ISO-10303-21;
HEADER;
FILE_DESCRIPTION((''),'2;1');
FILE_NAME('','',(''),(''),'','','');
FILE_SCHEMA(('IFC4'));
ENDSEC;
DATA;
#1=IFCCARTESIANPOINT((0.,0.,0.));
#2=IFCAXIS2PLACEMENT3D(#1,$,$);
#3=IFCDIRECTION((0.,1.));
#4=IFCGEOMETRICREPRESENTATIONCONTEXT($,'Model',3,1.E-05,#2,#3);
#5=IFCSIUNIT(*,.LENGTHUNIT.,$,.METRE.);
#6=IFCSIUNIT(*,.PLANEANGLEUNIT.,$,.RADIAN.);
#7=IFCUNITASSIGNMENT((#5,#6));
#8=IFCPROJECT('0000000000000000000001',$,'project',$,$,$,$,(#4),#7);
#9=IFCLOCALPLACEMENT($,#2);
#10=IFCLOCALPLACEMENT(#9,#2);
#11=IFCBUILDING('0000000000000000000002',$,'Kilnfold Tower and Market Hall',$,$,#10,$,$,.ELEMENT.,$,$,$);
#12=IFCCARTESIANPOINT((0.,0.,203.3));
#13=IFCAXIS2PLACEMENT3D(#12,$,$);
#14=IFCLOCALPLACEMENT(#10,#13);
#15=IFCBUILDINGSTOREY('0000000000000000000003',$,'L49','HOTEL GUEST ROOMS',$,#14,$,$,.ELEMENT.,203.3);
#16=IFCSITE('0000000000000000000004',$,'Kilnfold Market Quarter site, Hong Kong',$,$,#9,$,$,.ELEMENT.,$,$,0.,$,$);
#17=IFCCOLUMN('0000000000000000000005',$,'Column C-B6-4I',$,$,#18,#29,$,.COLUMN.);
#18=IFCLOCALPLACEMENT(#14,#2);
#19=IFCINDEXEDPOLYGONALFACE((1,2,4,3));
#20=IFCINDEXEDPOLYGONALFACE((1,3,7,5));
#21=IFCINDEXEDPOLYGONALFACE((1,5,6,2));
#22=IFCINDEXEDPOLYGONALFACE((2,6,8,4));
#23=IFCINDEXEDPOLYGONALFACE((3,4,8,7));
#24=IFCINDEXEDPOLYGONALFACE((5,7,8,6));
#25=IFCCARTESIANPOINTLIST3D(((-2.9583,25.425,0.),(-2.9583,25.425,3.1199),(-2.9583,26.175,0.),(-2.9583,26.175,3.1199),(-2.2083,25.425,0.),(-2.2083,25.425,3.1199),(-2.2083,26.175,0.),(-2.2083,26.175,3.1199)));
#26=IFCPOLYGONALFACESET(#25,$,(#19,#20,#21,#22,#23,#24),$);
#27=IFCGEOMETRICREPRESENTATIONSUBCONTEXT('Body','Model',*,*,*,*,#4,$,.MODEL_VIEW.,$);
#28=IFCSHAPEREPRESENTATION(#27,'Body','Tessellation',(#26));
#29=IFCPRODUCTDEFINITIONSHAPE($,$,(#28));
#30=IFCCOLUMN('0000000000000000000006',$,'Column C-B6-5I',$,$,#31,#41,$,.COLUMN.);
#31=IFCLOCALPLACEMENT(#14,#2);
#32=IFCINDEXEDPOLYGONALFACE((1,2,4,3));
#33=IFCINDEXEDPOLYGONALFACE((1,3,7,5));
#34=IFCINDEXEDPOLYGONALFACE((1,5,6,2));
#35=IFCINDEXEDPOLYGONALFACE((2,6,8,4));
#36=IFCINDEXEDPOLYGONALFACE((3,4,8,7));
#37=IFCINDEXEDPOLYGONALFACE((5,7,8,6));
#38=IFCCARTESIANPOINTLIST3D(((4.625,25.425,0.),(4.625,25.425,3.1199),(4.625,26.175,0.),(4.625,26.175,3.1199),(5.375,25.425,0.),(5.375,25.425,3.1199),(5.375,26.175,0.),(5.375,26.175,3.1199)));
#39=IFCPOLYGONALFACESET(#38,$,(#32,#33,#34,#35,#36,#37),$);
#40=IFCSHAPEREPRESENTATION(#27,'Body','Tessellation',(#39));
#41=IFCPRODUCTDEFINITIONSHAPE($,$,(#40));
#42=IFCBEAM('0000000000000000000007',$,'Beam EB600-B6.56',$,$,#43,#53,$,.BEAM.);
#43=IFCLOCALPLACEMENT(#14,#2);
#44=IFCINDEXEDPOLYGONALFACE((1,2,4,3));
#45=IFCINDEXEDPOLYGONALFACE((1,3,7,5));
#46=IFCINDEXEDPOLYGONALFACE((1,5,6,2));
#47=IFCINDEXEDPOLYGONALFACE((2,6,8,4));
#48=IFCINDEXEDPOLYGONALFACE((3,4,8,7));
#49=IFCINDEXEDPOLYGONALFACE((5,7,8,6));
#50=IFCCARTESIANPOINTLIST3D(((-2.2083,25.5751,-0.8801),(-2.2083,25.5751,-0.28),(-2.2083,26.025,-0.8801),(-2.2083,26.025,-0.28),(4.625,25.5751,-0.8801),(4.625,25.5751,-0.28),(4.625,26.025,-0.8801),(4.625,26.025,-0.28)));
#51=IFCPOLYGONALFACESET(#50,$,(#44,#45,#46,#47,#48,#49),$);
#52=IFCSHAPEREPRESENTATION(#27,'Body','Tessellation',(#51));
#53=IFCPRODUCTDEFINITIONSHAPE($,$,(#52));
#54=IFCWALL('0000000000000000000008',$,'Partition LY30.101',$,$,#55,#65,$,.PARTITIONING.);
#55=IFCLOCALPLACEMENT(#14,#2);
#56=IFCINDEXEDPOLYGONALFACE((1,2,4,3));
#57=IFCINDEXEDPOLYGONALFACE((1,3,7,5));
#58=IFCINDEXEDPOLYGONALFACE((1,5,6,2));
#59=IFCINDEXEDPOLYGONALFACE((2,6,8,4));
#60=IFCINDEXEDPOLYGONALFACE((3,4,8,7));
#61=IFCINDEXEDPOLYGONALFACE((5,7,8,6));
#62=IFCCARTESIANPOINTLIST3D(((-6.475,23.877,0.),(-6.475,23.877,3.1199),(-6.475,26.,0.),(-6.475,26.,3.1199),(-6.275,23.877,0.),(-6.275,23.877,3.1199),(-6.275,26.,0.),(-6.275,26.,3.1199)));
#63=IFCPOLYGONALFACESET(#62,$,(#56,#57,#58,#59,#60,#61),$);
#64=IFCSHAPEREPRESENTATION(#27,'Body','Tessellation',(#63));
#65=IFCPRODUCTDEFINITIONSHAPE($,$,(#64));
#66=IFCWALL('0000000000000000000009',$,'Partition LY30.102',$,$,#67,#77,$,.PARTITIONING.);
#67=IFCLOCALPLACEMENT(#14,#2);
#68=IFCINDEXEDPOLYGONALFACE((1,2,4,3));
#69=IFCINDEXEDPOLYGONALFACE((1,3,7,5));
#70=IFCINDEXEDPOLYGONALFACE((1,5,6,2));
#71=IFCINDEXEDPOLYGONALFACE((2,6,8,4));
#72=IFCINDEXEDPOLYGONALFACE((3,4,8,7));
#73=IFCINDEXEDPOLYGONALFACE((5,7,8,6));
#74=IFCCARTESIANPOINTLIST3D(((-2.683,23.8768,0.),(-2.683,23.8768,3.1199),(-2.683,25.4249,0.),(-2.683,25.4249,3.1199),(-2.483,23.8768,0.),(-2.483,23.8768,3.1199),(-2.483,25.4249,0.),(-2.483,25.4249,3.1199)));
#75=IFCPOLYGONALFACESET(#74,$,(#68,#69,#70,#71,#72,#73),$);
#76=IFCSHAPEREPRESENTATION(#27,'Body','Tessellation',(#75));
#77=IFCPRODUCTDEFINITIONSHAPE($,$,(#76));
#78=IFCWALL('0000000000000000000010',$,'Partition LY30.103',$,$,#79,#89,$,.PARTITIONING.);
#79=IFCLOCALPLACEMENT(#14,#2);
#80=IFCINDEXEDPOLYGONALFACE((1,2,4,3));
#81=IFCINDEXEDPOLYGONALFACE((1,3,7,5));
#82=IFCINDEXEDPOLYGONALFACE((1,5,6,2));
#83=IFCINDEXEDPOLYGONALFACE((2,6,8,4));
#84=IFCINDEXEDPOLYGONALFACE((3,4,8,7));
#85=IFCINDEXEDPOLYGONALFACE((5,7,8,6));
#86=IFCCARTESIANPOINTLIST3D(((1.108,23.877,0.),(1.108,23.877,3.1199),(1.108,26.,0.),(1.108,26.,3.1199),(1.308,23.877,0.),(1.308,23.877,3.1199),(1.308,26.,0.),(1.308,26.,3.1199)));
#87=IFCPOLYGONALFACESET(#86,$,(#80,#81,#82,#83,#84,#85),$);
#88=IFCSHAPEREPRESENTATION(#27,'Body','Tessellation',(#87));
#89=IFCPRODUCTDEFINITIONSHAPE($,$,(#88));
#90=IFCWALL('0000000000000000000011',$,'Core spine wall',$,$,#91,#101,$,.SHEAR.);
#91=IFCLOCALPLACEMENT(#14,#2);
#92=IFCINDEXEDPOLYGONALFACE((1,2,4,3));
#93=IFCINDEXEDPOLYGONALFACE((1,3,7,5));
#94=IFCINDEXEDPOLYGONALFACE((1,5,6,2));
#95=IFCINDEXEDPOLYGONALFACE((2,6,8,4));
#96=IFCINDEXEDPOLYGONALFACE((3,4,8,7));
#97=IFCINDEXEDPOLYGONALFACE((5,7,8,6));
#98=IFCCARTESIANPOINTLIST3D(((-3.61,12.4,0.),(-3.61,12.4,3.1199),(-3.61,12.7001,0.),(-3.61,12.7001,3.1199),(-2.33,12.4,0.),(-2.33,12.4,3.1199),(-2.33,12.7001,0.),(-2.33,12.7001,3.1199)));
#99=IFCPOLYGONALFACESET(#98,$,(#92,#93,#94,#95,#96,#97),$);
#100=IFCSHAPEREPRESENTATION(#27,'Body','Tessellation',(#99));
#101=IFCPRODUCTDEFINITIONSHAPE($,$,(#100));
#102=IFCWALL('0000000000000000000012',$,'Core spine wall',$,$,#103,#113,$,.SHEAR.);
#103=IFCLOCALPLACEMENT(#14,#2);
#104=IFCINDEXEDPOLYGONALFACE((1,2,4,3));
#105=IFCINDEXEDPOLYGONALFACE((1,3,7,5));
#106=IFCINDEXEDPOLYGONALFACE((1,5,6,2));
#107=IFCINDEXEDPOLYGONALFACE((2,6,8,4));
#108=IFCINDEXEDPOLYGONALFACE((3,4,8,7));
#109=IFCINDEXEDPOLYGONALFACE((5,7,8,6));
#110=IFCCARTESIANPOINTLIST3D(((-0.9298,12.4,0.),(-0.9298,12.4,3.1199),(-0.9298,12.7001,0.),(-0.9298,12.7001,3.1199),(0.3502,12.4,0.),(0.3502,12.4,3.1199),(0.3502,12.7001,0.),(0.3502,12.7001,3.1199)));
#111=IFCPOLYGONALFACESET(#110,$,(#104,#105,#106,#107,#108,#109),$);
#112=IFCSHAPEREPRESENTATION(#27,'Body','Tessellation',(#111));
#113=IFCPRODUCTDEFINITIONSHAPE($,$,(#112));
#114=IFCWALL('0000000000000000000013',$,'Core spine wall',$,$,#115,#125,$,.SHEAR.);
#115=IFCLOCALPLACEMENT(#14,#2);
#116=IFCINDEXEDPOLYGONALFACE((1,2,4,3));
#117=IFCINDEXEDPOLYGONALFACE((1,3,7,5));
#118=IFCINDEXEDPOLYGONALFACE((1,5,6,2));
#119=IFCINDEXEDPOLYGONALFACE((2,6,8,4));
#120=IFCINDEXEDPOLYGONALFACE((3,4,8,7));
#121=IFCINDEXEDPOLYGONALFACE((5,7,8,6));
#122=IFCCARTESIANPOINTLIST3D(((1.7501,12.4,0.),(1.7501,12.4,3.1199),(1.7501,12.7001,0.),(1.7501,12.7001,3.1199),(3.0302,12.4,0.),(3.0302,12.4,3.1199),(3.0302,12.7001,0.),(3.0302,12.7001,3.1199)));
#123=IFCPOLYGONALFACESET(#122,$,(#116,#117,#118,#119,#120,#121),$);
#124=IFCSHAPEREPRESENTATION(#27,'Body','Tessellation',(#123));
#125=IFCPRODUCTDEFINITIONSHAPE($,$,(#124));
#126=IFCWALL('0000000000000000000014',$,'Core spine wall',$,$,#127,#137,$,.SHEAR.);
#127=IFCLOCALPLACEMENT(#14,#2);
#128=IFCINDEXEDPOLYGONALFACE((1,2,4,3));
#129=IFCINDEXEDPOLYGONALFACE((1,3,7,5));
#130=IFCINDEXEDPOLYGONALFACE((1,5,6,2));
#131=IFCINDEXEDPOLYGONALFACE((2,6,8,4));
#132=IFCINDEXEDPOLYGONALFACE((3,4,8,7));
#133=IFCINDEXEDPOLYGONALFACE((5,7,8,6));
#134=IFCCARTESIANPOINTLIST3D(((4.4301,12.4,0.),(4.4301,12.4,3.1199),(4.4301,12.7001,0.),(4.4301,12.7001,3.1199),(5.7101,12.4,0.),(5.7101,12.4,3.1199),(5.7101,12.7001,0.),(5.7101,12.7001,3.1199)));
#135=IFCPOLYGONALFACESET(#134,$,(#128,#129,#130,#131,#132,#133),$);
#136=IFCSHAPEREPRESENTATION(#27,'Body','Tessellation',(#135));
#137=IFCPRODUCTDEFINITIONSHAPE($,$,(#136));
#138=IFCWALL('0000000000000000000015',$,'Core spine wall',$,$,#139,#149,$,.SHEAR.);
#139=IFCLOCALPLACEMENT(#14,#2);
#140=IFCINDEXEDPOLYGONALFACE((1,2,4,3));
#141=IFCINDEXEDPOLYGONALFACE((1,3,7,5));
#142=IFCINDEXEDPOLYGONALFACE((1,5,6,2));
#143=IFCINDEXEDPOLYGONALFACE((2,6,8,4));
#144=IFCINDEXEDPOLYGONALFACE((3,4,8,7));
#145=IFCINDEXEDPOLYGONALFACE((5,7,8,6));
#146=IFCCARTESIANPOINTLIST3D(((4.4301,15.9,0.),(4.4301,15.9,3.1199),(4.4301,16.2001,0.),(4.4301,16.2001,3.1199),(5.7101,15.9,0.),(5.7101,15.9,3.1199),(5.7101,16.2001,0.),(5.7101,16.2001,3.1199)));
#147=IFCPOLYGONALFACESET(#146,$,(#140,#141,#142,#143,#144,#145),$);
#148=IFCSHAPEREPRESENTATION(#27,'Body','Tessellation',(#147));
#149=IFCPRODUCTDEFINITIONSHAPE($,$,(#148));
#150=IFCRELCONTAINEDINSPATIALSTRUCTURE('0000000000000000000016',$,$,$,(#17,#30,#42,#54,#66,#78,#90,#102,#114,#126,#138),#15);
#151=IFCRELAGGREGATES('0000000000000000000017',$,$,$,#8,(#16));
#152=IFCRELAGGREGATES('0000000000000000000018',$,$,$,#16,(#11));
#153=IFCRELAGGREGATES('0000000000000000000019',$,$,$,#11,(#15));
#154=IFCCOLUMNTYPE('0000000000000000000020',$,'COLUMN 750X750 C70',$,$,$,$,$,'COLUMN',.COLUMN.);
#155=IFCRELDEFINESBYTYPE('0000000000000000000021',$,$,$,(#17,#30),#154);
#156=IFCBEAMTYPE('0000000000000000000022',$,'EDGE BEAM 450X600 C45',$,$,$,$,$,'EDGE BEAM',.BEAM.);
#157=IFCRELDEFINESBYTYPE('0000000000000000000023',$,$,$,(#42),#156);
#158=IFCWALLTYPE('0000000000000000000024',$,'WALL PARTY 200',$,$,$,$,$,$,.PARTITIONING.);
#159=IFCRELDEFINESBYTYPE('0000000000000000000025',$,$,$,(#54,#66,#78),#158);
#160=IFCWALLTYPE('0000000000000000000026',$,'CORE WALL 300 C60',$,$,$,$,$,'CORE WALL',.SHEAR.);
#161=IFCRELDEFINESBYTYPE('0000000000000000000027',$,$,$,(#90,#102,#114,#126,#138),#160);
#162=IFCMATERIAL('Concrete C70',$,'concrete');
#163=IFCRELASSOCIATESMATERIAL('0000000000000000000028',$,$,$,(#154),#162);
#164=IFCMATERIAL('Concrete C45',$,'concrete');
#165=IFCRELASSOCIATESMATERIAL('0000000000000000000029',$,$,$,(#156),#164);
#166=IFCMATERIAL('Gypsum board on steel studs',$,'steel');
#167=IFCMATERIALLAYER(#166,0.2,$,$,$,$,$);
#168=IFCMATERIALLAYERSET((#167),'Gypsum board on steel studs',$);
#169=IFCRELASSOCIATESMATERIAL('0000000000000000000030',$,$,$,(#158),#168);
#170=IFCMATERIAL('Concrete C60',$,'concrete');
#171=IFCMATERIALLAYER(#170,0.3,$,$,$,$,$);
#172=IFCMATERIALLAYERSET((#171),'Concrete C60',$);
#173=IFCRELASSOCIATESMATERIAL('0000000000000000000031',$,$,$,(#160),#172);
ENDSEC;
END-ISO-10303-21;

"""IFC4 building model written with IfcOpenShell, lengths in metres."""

from ifc_helpers import new_model, si_unit, direction, frame, frame_2d, origin, origin_2d, place, context, subcontext, project, spatial, rectangle, extrude, source, transform, mapped, material, layer, layer_set, material_profile, profile_set, type_object, element, save


model = new_model("IFC4")

# Units and contexts
model_context = context("Model", 3, precision=1e-05, world=origin(), true_north=direction((0.0, 1.0)))
body_context = subcontext(model_context, "Body", "Model", "MODEL_VIEW")
ifc_project = project(units=[si_unit("LENGTHUNIT", "METRE"), si_unit("PLANEANGLEUNIT", "RADIAN")], contexts=[model_context])

# Site, building, storey
site_placement = place(None, origin())
site = spatial("IfcSite", under=ifc_project, at=site_placement, Name="Kilnfold Market Quarter site, Hong Kong", CompositionType="ELEMENT", RefElevation=0.0)
building_placement = place(site_placement, origin())
building = spatial("IfcBuilding", under=site, at=building_placement, Name="Kilnfold Tower and Market Hall", CompositionType="ELEMENT")
storey_placement = place(building_placement, frame((0.0, 0.0, 203.3)))
storey = spatial("IfcBuildingStorey", under=building, at=storey_placement, Name="L49", Description="HOTEL GUEST ROOMS", CompositionType="ELEMENT", Elevation=203.3)

# Columns
ifc_material_1 = material(Name="Concrete C70", Category="concrete")
ifc_material_profile_1 = material_profile(ifc_material_1, rectangle(XDim=0.75, YDim=0.75, at=origin_2d()), Name="RC 750x750")
ifc_profile_set_1 = profile_set([ifc_material_profile_1], Name="Concrete C70")
column_type = type_object("IfcColumnType", Name="COLUMN 750X750 C70", ElementType="COLUMN", PredefinedType="COLUMN", material=ifc_profile_set_1)
shared_shape_1 = source(origin(), body_context, "Body", "SweptSolid", [
    extrude(rectangle(XDim=0.75, YDim=0.75, at=origin_2d()), origin(), (0.0, 0.0, 1.0), 3.1199),
])
for number, where, z_axis, x_axis, name in (
    (1, (-2.5833, 25.8, 0.0), (0.0, 0.0, 1.0), (1.0, 0.0, 0.0), "Column C-B6-4I"),
    (2, (5.0, 25.8, 0.0), (0.0, 0.0, 1.0), (1.0, 0.0, 0.0), "Column C-B6-5I"),
):
    element("IfcColumn", number, at=place(storey_placement, frame(where, z_axis=z_axis, x_axis=x_axis)), inside=storey, type_object=column_type, Name=name, PredefinedType="COLUMN", context=body_context, shape_type="MappedRepresentation", body=[
        mapped(shared_shape_1, transform((0.0, 0.0, 0.0))),
    ])

# Beam
ifc_material_2 = material(Name="Concrete C45", Category="concrete")
ifc_material_profile_2 = material_profile(ifc_material_2, rectangle(XDim=0.45, YDim=0.6001, at=origin_2d()), Name="RC 450x600")
ifc_profile_set_2 = profile_set([ifc_material_profile_2], Name="Concrete C45")
beam_type = type_object("IfcBeamType", Name="EDGE BEAM 450X600 C45", ElementType="EDGE BEAM", PredefinedType="BEAM", material=ifc_profile_set_2)
shared_shape_2 = source(origin(), body_context, "Body", "SweptSolid", [
    extrude(rectangle(XDim=0.45, YDim=0.6001, at=origin_2d()), origin(), (0.0, 0.0, 1.0), 6.8333),
])
beam_placement = place(storey_placement, frame((-2.2083, 25.8, -0.5801), z_axis=(1.0, 0.0, 0.0), x_axis=(0.0, 1.0, 0.0)))
element("IfcBeam", 3, at=beam_placement, inside=storey, type_object=beam_type, Name="Beam EB600-B6.56", PredefinedType="BEAM", context=body_context, shape_type="MappedRepresentation", body=[
    mapped(shared_shape_2, transform((0.0, 0.0, 0.0))),
])

# Walls
ifc_material_3 = material(Name="Gypsum board on steel studs", Category="steel")
ifc_layer_1 = layer(ifc_material_3, 0.2)
ifc_layer_set_1 = layer_set([ifc_layer_1], Name="Gypsum board on steel studs")
wall_type_1 = type_object("IfcWallType", Name="WALL PARTY 200", PredefinedType="PARTITIONING", material=ifc_layer_set_1)
wall_1_placement = place(storey_placement, frame((-6.375, 23.877, 0.0), z_axis=(0.0, 0.0, 1.0), x_axis=(0.0, 1.0, 0.0)))
element("IfcWall", 4, at=wall_1_placement, inside=storey, type_object=wall_type_1, Name="Partition LY30.101", PredefinedType="PARTITIONING", context=body_context, shape_type="SweptSolid", body=[
    extrude(rectangle(XDim=2.123, YDim=0.2, at=frame_2d((1.0615, 0.0))), origin(), (0.0, 0.0, 1.0), 3.1199),
])
wall_2_placement = place(storey_placement, frame((-2.583, 23.877, 0.0), z_axis=(0.0, 0.0, 1.0), x_axis=(0.0, 1.0, 0.0)))
element("IfcWall", 5, at=wall_2_placement, inside=storey, type_object=wall_type_1, Name="Partition LY30.102", PredefinedType="PARTITIONING", context=body_context, shape_type="SweptSolid", body=[
    extrude(rectangle(XDim=1.5481, YDim=0.2, at=frame_2d((0.7739, 0.0))), origin(), (0.0, 0.0, 1.0), 3.1199),
])
wall_3_placement = place(storey_placement, frame((1.208, 23.877, 0.0), z_axis=(0.0, 0.0, 1.0), x_axis=(0.0, 1.0, 0.0)))
element("IfcWall", 6, at=wall_3_placement, inside=storey, type_object=wall_type_1, Name="Partition LY30.103", PredefinedType="PARTITIONING", context=body_context, shape_type="SweptSolid", body=[
    extrude(rectangle(XDim=2.123, YDim=0.2, at=frame_2d((1.0615, 0.0))), origin(), (0.0, 0.0, 1.0), 3.1199),
])
ifc_material_4 = material(Name="Concrete C60", Category="concrete")
ifc_layer_2 = layer(ifc_material_4, 0.3)
ifc_layer_set_2 = layer_set([ifc_layer_2], Name="Concrete C60")
wall_type_2 = type_object("IfcWallType", Name="CORE WALL 300 C60", ElementType="CORE WALL", PredefinedType="SHEAR", material=ifc_layer_set_2)
shared_shape_3 = source(origin(), body_context, "Body", "SweptSolid", [
    extrude(rectangle(XDim=1.28, YDim=0.3, at=frame_2d((0.6401, 0.0))), origin(), (0.0, 0.0, 1.0), 3.1199),
])
for number, where, z_axis, x_axis, name in (
    (7, (-3.6101, 12.55, 0.0), (0.0, 0.0, 1.0), (1.0, 0.0, 0.0), "Core spine wall"),
    (8, (-0.9299, 12.55, 0.0), (0.0, 0.0, 1.0), (1.0, 0.0, 0.0), "Core spine wall"),
    (9, (1.75, 12.55, 0.0), (0.0, 0.0, 1.0), (1.0, 0.0, 0.0), "Core spine wall"),
    (10, (4.4299, 12.55, 0.0), (0.0, 0.0, 1.0), (1.0, 0.0, 0.0), "Core spine wall"),
    (11, (4.4299, 16.05, 0.0), (0.0, 0.0, 1.0), (1.0, 0.0, 0.0), "Core spine wall"),
):
    element("IfcWall", number, at=place(storey_placement, frame(where, z_axis=z_axis, x_axis=x_axis)), inside=storey, type_object=wall_type_2, Name=name, PredefinedType="SHEAR", context=body_context, shape_type="MappedRepresentation", body=[
        mapped(shared_shape_3, transform((0.0, 0.0, 0.0))),
    ])

save(model, "model.ifc")
